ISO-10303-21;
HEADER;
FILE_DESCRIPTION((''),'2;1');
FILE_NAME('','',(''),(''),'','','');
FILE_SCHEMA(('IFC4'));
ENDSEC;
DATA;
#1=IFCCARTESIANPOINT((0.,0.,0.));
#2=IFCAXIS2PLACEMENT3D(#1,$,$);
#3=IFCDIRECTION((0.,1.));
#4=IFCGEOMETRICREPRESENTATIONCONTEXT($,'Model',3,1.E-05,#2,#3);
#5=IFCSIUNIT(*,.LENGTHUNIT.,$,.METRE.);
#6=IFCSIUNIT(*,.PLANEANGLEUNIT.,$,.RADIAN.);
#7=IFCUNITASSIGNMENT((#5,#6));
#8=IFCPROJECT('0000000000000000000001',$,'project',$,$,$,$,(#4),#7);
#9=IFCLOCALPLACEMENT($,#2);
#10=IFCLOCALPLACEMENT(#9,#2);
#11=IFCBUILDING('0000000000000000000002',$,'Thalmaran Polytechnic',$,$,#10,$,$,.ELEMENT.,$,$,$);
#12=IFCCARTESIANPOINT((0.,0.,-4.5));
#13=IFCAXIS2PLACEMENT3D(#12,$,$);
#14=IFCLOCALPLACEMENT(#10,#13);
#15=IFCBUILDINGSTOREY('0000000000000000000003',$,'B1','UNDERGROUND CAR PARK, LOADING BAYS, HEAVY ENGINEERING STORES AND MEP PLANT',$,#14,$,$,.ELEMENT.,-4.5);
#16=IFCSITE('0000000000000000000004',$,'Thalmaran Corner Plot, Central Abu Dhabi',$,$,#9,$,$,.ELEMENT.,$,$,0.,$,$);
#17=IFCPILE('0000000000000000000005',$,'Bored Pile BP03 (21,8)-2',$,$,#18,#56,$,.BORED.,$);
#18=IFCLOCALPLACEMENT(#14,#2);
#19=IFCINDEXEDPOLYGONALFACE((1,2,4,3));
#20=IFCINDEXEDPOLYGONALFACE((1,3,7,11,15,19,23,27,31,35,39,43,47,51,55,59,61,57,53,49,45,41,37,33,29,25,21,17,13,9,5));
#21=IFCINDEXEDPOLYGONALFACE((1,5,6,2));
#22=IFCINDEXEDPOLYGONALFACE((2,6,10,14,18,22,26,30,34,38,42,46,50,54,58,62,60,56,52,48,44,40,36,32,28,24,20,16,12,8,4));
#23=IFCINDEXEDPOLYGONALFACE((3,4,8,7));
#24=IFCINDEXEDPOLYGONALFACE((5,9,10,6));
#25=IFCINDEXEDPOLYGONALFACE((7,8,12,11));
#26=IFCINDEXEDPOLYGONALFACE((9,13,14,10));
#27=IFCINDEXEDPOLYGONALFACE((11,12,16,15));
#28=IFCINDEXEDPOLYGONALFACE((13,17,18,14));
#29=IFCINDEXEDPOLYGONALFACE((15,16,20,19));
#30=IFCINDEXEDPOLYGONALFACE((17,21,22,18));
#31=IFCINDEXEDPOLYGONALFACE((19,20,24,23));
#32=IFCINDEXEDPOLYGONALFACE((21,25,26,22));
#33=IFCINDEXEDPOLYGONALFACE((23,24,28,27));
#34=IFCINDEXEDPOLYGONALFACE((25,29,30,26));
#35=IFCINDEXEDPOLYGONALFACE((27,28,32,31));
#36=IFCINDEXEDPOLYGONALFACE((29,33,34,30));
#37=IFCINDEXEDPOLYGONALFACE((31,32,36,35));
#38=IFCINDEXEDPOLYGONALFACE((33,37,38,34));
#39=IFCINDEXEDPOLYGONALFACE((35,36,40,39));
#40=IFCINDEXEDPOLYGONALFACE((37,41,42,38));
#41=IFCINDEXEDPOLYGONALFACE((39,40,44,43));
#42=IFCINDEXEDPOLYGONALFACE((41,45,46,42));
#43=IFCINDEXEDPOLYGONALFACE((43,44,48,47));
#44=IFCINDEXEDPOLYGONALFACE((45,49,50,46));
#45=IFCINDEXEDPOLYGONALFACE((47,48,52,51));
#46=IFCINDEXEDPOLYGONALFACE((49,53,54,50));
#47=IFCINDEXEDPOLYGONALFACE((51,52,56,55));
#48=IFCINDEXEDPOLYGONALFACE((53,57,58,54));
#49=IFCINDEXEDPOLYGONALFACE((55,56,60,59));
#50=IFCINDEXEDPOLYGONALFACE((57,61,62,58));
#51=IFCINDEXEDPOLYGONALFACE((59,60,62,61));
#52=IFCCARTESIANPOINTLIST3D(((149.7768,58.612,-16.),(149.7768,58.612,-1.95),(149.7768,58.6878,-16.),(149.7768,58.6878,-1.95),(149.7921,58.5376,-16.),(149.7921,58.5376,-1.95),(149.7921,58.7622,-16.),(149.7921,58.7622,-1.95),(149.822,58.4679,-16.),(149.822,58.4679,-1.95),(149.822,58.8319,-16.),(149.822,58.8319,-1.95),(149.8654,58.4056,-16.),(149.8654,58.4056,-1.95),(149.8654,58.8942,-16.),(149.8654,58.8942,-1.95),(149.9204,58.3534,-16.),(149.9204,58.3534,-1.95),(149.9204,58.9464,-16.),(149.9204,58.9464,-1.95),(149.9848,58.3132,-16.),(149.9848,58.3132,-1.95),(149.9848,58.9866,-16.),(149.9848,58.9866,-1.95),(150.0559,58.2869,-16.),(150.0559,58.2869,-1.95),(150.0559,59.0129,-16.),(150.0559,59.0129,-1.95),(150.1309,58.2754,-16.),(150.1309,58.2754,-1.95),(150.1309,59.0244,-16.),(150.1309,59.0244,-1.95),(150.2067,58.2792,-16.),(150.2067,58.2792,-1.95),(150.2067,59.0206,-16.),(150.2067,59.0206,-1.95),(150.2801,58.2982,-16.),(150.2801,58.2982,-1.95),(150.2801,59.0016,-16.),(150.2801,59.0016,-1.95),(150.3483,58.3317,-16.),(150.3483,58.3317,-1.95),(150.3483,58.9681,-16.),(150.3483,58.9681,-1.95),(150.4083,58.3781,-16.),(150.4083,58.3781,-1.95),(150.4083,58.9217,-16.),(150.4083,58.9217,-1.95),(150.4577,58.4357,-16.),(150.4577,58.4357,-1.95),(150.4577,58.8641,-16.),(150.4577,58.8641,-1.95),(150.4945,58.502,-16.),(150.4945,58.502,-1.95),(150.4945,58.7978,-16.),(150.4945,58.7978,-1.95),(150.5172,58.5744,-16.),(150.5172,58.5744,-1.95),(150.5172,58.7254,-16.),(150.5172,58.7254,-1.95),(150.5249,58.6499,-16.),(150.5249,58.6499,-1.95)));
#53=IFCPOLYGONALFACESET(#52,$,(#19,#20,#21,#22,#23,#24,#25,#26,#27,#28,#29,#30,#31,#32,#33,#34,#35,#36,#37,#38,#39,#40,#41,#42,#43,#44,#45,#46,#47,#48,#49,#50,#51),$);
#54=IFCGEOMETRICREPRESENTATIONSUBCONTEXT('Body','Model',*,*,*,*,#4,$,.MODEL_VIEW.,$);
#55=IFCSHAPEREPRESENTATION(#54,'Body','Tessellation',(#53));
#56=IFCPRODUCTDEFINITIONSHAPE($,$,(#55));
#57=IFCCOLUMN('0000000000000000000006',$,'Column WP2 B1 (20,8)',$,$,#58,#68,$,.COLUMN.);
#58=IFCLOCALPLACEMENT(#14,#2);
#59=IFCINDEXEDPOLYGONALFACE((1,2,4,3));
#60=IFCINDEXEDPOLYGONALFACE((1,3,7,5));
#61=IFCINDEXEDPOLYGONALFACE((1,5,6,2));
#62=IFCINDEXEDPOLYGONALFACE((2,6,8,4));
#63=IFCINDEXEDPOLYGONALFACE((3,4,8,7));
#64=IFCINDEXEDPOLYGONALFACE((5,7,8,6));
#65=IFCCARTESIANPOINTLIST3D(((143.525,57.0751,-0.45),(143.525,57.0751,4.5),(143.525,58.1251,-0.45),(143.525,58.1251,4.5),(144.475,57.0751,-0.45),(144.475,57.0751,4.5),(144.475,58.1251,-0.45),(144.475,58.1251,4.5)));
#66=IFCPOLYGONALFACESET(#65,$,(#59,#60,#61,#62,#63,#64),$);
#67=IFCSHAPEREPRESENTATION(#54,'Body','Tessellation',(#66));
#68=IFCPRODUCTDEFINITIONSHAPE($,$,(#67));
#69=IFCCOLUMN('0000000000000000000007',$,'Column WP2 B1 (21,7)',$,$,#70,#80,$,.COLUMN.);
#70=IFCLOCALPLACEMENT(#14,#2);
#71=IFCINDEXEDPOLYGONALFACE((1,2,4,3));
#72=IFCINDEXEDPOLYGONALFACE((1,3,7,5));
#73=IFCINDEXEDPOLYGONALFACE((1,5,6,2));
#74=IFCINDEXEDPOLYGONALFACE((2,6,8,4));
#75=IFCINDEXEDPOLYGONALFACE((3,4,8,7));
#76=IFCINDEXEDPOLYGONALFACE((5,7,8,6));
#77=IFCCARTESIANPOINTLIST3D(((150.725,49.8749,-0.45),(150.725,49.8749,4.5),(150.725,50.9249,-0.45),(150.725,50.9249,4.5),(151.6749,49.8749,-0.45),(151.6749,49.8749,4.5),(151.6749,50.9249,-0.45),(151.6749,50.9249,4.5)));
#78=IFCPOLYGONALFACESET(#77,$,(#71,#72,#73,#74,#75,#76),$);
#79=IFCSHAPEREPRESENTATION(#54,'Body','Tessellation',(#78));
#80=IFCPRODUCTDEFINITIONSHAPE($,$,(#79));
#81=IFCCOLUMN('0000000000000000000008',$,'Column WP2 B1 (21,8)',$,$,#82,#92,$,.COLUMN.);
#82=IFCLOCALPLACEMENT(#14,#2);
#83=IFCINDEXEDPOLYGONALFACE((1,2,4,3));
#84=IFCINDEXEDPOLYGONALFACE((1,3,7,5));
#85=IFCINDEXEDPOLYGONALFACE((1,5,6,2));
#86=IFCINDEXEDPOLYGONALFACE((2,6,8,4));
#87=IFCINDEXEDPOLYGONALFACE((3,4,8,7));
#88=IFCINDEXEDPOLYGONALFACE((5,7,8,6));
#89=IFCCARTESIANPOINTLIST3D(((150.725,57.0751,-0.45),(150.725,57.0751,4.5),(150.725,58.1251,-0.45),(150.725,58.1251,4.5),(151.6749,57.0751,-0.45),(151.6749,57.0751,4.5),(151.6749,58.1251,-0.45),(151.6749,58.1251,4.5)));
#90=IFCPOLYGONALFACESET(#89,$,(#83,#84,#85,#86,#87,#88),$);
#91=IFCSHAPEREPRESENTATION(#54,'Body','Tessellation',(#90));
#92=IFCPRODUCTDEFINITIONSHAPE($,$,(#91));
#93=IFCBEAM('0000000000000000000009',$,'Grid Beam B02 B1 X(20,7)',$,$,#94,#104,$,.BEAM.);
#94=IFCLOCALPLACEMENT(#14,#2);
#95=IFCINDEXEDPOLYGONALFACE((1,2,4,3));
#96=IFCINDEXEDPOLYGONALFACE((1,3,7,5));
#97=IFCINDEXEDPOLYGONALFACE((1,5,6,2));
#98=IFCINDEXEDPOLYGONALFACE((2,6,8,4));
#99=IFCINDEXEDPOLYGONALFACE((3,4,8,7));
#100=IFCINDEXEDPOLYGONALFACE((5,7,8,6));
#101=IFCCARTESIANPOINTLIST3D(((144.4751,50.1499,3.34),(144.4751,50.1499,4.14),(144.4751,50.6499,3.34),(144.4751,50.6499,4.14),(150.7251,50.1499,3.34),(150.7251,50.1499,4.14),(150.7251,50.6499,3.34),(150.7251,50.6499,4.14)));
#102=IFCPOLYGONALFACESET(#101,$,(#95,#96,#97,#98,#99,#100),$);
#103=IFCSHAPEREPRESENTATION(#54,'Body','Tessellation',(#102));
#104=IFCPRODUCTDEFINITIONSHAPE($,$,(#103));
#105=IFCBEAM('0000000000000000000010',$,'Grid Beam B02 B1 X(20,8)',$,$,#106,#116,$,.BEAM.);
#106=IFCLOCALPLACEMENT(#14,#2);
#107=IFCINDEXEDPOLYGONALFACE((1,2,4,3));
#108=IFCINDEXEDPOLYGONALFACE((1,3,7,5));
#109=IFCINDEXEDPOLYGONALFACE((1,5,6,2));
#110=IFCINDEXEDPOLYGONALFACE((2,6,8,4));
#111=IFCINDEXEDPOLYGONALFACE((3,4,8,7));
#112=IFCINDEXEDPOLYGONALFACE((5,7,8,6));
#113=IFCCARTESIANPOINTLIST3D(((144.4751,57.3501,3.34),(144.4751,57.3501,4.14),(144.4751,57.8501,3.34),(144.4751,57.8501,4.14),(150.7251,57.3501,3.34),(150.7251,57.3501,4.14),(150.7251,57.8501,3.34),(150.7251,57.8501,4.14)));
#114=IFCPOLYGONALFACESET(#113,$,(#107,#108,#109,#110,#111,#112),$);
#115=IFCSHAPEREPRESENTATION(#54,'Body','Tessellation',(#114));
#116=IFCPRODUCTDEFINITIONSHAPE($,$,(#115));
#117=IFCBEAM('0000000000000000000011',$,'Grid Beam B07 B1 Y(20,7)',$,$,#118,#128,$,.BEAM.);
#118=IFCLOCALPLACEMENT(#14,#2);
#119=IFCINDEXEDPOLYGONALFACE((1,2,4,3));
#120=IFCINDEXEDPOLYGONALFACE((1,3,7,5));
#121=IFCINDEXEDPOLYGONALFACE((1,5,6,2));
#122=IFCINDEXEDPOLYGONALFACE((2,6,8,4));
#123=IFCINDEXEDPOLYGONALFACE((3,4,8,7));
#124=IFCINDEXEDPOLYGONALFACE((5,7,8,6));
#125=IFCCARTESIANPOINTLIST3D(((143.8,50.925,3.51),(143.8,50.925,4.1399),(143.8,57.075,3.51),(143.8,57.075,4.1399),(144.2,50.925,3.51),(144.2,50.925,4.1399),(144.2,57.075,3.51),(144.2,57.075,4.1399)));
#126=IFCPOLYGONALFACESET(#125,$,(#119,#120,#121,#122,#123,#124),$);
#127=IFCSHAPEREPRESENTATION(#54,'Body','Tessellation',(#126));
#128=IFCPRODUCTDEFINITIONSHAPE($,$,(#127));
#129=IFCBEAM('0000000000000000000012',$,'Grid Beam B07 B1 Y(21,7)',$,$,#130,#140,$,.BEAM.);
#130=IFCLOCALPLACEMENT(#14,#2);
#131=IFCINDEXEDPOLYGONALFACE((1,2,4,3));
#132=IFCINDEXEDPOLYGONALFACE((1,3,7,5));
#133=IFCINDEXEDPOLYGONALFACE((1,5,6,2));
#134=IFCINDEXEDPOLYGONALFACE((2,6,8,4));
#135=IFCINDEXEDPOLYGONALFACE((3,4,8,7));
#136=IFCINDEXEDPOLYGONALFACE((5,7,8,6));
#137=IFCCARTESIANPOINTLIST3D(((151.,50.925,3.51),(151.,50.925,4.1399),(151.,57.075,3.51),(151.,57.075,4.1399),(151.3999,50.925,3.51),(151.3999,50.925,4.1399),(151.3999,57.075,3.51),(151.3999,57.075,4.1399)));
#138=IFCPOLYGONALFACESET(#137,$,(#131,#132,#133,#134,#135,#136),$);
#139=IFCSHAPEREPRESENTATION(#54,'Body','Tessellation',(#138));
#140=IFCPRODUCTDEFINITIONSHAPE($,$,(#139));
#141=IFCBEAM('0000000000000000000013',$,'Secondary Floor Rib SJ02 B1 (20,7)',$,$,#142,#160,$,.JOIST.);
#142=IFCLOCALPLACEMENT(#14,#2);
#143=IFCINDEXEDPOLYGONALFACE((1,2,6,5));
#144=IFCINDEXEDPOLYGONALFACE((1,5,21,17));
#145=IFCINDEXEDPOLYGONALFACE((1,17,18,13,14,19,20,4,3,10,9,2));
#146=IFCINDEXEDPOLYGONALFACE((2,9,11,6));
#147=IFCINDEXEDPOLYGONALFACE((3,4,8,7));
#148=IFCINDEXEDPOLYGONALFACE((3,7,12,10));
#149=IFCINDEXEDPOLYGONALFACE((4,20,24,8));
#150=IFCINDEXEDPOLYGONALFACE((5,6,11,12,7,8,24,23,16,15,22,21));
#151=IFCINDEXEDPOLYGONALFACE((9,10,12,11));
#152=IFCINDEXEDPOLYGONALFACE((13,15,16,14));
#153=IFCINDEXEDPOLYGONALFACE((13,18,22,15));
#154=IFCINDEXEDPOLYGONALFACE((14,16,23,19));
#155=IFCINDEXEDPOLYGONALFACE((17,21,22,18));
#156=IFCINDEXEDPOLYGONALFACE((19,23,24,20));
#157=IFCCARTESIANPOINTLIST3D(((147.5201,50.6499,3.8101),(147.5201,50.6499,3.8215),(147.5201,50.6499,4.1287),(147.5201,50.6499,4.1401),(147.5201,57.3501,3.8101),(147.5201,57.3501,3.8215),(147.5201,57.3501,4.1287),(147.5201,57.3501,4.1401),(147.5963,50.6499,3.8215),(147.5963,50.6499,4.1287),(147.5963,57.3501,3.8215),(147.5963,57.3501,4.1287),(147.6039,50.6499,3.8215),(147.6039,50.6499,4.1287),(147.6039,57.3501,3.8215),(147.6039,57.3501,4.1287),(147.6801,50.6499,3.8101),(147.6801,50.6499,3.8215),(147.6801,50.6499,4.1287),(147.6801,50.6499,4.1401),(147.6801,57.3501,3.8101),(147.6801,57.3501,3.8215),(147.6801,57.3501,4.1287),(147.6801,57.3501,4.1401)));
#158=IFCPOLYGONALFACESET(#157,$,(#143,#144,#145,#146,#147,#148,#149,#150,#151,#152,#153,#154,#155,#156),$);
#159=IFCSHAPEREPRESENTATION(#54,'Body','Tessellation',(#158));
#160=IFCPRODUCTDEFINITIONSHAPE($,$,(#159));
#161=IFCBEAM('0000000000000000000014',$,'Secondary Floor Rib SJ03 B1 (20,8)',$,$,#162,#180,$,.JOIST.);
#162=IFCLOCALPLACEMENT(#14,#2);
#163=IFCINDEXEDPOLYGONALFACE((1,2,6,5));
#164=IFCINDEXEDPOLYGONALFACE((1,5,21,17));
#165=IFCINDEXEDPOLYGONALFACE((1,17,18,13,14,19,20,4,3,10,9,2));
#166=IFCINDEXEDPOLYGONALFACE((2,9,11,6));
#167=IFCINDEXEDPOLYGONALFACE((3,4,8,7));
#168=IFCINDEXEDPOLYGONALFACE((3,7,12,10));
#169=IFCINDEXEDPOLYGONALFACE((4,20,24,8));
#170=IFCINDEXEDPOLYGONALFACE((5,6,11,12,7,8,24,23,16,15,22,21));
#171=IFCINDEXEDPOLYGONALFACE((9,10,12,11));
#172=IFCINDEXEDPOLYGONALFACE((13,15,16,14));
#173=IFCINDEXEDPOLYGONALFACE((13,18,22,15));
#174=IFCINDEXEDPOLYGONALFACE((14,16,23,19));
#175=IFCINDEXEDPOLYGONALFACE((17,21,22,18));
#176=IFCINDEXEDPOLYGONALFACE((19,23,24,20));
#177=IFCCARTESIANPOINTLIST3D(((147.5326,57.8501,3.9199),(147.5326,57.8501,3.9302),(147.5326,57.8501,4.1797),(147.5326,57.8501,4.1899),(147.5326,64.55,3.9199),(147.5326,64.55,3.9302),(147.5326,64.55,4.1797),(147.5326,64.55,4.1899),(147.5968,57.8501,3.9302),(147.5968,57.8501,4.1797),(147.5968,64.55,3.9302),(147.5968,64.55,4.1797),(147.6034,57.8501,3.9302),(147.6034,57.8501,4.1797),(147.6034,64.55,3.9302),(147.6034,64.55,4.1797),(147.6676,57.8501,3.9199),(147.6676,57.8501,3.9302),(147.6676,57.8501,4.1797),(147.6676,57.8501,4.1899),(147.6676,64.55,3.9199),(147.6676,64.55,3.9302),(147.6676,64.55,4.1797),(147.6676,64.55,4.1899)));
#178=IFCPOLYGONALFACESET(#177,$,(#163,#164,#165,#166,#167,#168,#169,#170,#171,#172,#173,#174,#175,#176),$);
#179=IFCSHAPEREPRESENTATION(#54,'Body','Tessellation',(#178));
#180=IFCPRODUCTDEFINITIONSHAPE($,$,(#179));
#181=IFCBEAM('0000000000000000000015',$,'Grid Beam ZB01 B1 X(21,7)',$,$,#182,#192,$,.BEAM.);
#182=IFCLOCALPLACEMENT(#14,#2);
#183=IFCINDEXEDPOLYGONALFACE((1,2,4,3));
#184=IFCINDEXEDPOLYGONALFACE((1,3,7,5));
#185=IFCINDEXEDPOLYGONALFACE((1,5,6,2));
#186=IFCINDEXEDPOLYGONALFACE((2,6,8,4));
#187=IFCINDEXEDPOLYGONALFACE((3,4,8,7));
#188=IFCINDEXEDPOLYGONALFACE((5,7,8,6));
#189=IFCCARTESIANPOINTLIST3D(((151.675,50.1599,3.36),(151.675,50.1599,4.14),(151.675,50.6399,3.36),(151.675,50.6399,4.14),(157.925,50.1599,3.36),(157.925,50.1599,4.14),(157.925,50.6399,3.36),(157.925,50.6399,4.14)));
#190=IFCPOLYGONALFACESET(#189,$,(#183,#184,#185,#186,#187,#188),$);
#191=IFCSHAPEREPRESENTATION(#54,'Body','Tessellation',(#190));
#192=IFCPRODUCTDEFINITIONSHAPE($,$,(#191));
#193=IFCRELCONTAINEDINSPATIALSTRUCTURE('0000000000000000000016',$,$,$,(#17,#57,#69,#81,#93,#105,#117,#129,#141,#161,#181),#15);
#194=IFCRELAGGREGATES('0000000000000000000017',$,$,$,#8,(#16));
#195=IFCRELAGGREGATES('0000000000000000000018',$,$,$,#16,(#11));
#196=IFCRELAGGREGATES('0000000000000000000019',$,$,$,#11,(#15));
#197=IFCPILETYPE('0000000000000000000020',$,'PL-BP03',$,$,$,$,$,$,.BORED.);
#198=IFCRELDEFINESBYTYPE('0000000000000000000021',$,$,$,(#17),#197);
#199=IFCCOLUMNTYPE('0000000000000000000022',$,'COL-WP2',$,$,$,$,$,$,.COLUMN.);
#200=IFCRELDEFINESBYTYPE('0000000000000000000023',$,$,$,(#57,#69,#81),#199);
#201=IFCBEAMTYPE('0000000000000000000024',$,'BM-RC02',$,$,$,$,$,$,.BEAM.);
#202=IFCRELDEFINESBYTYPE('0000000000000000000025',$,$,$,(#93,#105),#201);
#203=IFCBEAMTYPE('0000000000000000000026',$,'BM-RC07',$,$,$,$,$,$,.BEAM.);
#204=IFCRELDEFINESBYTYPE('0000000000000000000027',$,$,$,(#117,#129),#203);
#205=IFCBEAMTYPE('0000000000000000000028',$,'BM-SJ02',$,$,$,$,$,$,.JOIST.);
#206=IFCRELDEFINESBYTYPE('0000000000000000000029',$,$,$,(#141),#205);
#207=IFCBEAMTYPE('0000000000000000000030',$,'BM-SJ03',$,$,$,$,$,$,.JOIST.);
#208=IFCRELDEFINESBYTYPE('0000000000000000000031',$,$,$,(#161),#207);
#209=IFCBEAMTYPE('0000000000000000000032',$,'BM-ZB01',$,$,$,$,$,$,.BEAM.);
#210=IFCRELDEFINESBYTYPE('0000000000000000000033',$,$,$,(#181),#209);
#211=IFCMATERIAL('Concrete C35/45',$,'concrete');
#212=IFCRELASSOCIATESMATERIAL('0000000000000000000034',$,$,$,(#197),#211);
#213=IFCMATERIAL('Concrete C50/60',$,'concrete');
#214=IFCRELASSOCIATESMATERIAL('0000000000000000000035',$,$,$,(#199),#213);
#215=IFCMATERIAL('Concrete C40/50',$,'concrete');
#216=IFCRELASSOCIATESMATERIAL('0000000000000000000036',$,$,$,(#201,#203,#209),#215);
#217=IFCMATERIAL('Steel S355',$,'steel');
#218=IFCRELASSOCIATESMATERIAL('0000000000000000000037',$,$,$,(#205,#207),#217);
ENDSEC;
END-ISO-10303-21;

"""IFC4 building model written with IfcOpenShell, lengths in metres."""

from ifc_helpers import new_model, si_unit, direction, frame, origin, origin_2d, place, context, subcontext, project, spatial, rectangle, circle, i_section, extrude, material, material_profile, profile_set, type_object, element, save


model = new_model("IFC4")

# Units and contexts
model_context = context("Model", 3, precision=1e-05, world=origin(), true_north=direction((0.0, 1.0)))
body_context = subcontext(model_context, "Body", "Model", "MODEL_VIEW")
ifc_project = project(units=[si_unit("LENGTHUNIT", "METRE"), si_unit("PLANEANGLEUNIT", "RADIAN")], contexts=[model_context])

# Site, building, storey
site_placement = place(None, origin())
site = spatial("IfcSite", under=ifc_project, at=site_placement, Name="Thalmaran Corner Plot, Central Abu Dhabi", CompositionType="ELEMENT", RefElevation=0.0)
building_placement = place(site_placement, origin())
building = spatial("IfcBuilding", under=site, at=building_placement, Name="Thalmaran Polytechnic", CompositionType="ELEMENT")
storey_placement = place(building_placement, frame((0.0, 0.0, -4.5)))
storey = spatial("IfcBuildingStorey", under=building, at=storey_placement, Name="B1", Description="UNDERGROUND CAR PARK, LOADING BAYS, HEAVY ENGINEERING STORES AND MEP PLANT", CompositionType="ELEMENT", Elevation=-4.5)

# Shared definitions
ifc_material_1 = material(Name="Concrete C40/50", Category="concrete")

# Pile
ifc_material_2 = material(Name="Concrete C35/45", Category="concrete")
ifc_material_profile_1 = material_profile(ifc_material_2, circle(Radius=0.375, at=origin_2d()), Name="RC 750 DIA")
ifc_profile_set_1 = profile_set([ifc_material_profile_1], Name="Concrete C35/45")
pile_type_1 = type_object("IfcPileType", Name="PL-BP03", PredefinedType="BORED", material=ifc_profile_set_1)
for number, where, z_axis, x_axis, name in (
    (1, (150.1499, 58.6499, -1.95), (0.0, 0.0, -1.0), (1.0, 0.0, 0.0), "Bored Pile BP03 (21,8)-2"),
):
    element("IfcPile", number, at=place(storey_placement, frame(where, z_axis=z_axis, x_axis=x_axis)), inside=storey, type_object=pile_type_1, Name=name, PredefinedType="BORED", context=body_context, shape_type="SweptSolid", body=[
        extrude(circle(Radius=0.375, at=origin_2d()), origin(), (0.0, 0.0, 1.0), 14.05),
    ])

# Columns
ifc_material_3 = material(Name="Concrete C50/60", Category="concrete")
ifc_material_profile_2 = material_profile(ifc_material_3, rectangle(XDim=0.95, YDim=1.05, at=origin_2d()), Name="RC 950x1050")
ifc_profile_set_2 = profile_set([ifc_material_profile_2], Name="Concrete C50/60")
column_type = type_object("IfcColumnType", Name="COL-WP2", PredefinedType="COLUMN", material=ifc_profile_set_2)
for number, where, z_axis, x_axis, name in (
    (2, (144.0, 57.6001, -0.45), (0.0, 0.0, 1.0), (1.0, 0.0, 0.0), "Column WP2 B1 (20,8)"),
    (3, (151.2, 50.3999, -0.45), (0.0, 0.0, 1.0), (1.0, 0.0, 0.0), "Column WP2 B1 (21,7)"),
    (4, (151.2, 57.6001, -0.45), (0.0, 0.0, 1.0), (1.0, 0.0, 0.0), "Column WP2 B1 (21,8)"),
):
    element("IfcColumn", number, at=place(storey_placement, frame(where, z_axis=z_axis, x_axis=x_axis)), inside=storey, type_object=column_type, Name=name, PredefinedType="COLUMN", context=body_context, shape_type="SweptSolid", body=[
        extrude(rectangle(XDim=0.95, YDim=1.05, at=origin_2d()), origin(), (0.0, 0.0, 1.0), 4.95),
    ])

# Beams
ifc_material_profile_3 = material_profile(ifc_material_1, rectangle(XDim=0.5, YDim=0.8, at=origin_2d()), Name="RC 500x800")
ifc_profile_set_3 = profile_set([ifc_material_profile_3], Name="Concrete C40/50")
beam_type_1 = type_object("IfcBeamType", Name="BM-RC02", PredefinedType="BEAM", material=ifc_profile_set_3)
for number, where, z_axis, x_axis, name in (
    (5, (144.4751, 50.3999, 3.74), (1.0, 0.0, 0.0), (0.0, 1.0, 0.0), "Grid Beam B02 B1 X(20,7)"),
    (6, (144.4751, 57.6001, 3.74), (1.0, 0.0, 0.0), (0.0, 1.0, 0.0), "Grid Beam B02 B1 X(20,8)"),
):
    element("IfcBeam", number, at=place(storey_placement, frame(where, z_axis=z_axis, x_axis=x_axis)), inside=storey, type_object=beam_type_1, Name=name, PredefinedType="BEAM", context=body_context, shape_type="SweptSolid", body=[
        extrude(rectangle(XDim=0.5, YDim=0.8, at=origin_2d()), origin(), (0.0, 0.0, 1.0), 6.25),
    ])
ifc_material_profile_4 = material_profile(ifc_material_1, rectangle(XDim=0.3999, YDim=0.6299, at=origin_2d()), Name="RC 400x630")
ifc_profile_set_4 = profile_set([ifc_material_profile_4], Name="Concrete C40/50")
beam_type_2 = type_object("IfcBeamType", Name="BM-RC07", PredefinedType="BEAM", material=ifc_profile_set_4)
for number, where, z_axis, x_axis, name in (
    (7, (144.0, 50.925, 3.825), (0.0, 1.0, 0.0), (-1.0, 0.0, 0.0), "Grid Beam B07 B1 Y(20,7)"),
    (8, (151.2, 50.925, 3.825), (0.0, 1.0, 0.0), (-1.0, 0.0, 0.0), "Grid Beam B07 B1 Y(21,7)"),
):
    element("IfcBeam", number, at=place(storey_placement, frame(where, z_axis=z_axis, x_axis=x_axis)), inside=storey, type_object=beam_type_2, Name=name, PredefinedType="BEAM", context=body_context, shape_type="SweptSolid", body=[
        extrude(rectangle(XDim=0.3999, YDim=0.6299, at=origin_2d()), origin(), (0.0, 0.0, 1.0), 6.1499),
    ])
ifc_material_4 = material(Name="Steel S355", Category="steel")
ifc_material_profile_5 = material_profile(ifc_material_4, i_section(OverallWidth=0.1599, OverallDepth=0.3301, WebThickness=0.0076, FlangeThickness=0.0115, at=origin_2d()), Name="IPE 330")
ifc_profile_set_5 = profile_set([ifc_material_profile_5], Name="Steel S355")
beam_type_3 = type_object("IfcBeamType", Name="BM-SJ02", PredefinedType="JOIST", material=ifc_profile_set_5)
beam_1_placement = place(storey_placement, frame((147.6001, 50.6499, 3.9751), z_axis=(0.0, 1.0, 0.0), x_axis=(-1.0, 0.0, 0.0)))
element("IfcBeam", 9, at=beam_1_placement, inside=storey, type_object=beam_type_3, Name="Secondary Floor Rib SJ02 B1 (20,7)", PredefinedType="JOIST", context=body_context, shape_type="SweptSolid", body=[
    extrude(i_section(OverallWidth=0.1599, OverallDepth=0.3301, WebThickness=0.0076, FlangeThickness=0.0115, at=origin_2d()), origin(), (0.0, 0.0, 1.0), 6.7002),
])
ifc_material_profile_6 = material_profile(ifc_material_4, i_section(OverallWidth=0.135, OverallDepth=0.27, WebThickness=0.0066, FlangeThickness=0.0103, at=origin_2d()), Name="IPE 270")
ifc_profile_set_6 = profile_set([ifc_material_profile_6], Name="Steel S355")
beam_type_4 = type_object("IfcBeamType", Name="BM-SJ03", PredefinedType="JOIST", material=ifc_profile_set_6)
beam_2_placement = place(storey_placement, frame((147.6001, 57.8501, 4.0549), z_axis=(0.0, 1.0, 0.0), x_axis=(-1.0, 0.0, 0.0)))
element("IfcBeam", 10, at=beam_2_placement, inside=storey, type_object=beam_type_4, Name="Secondary Floor Rib SJ03 B1 (20,8)", PredefinedType="JOIST", context=body_context, shape_type="SweptSolid", body=[
    extrude(i_section(OverallWidth=0.135, OverallDepth=0.27, WebThickness=0.0066, FlangeThickness=0.0103, at=origin_2d()), origin(), (0.0, 0.0, 1.0), 6.7),
])
ifc_material_profile_7 = material_profile(ifc_material_1, rectangle(XDim=0.48, YDim=0.78, at=origin_2d()), Name="RC 480x780")
ifc_profile_set_7 = profile_set([ifc_material_profile_7], Name="Concrete C40/50")
beam_type_5 = type_object("IfcBeamType", Name="BM-ZB01", PredefinedType="BEAM", material=ifc_profile_set_7)
for number, where, z_axis, x_axis, name in (
    (11, (151.675, 50.3999, 3.75), (1.0, 0.0, 0.0), (0.0, 1.0, 0.0), "Grid Beam ZB01 B1 X(21,7)"),
):
    element("IfcBeam", number, at=place(storey_placement, frame(where, z_axis=z_axis, x_axis=x_axis)), inside=storey, type_object=beam_type_5, Name=name, PredefinedType="BEAM", context=body_context, shape_type="SweptSolid", body=[
        extrude(rectangle(XDim=0.48, YDim=0.78, at=origin_2d()), origin(), (0.0, 0.0, 1.0), 6.25),
    ])

save(model, "model.ifc")
